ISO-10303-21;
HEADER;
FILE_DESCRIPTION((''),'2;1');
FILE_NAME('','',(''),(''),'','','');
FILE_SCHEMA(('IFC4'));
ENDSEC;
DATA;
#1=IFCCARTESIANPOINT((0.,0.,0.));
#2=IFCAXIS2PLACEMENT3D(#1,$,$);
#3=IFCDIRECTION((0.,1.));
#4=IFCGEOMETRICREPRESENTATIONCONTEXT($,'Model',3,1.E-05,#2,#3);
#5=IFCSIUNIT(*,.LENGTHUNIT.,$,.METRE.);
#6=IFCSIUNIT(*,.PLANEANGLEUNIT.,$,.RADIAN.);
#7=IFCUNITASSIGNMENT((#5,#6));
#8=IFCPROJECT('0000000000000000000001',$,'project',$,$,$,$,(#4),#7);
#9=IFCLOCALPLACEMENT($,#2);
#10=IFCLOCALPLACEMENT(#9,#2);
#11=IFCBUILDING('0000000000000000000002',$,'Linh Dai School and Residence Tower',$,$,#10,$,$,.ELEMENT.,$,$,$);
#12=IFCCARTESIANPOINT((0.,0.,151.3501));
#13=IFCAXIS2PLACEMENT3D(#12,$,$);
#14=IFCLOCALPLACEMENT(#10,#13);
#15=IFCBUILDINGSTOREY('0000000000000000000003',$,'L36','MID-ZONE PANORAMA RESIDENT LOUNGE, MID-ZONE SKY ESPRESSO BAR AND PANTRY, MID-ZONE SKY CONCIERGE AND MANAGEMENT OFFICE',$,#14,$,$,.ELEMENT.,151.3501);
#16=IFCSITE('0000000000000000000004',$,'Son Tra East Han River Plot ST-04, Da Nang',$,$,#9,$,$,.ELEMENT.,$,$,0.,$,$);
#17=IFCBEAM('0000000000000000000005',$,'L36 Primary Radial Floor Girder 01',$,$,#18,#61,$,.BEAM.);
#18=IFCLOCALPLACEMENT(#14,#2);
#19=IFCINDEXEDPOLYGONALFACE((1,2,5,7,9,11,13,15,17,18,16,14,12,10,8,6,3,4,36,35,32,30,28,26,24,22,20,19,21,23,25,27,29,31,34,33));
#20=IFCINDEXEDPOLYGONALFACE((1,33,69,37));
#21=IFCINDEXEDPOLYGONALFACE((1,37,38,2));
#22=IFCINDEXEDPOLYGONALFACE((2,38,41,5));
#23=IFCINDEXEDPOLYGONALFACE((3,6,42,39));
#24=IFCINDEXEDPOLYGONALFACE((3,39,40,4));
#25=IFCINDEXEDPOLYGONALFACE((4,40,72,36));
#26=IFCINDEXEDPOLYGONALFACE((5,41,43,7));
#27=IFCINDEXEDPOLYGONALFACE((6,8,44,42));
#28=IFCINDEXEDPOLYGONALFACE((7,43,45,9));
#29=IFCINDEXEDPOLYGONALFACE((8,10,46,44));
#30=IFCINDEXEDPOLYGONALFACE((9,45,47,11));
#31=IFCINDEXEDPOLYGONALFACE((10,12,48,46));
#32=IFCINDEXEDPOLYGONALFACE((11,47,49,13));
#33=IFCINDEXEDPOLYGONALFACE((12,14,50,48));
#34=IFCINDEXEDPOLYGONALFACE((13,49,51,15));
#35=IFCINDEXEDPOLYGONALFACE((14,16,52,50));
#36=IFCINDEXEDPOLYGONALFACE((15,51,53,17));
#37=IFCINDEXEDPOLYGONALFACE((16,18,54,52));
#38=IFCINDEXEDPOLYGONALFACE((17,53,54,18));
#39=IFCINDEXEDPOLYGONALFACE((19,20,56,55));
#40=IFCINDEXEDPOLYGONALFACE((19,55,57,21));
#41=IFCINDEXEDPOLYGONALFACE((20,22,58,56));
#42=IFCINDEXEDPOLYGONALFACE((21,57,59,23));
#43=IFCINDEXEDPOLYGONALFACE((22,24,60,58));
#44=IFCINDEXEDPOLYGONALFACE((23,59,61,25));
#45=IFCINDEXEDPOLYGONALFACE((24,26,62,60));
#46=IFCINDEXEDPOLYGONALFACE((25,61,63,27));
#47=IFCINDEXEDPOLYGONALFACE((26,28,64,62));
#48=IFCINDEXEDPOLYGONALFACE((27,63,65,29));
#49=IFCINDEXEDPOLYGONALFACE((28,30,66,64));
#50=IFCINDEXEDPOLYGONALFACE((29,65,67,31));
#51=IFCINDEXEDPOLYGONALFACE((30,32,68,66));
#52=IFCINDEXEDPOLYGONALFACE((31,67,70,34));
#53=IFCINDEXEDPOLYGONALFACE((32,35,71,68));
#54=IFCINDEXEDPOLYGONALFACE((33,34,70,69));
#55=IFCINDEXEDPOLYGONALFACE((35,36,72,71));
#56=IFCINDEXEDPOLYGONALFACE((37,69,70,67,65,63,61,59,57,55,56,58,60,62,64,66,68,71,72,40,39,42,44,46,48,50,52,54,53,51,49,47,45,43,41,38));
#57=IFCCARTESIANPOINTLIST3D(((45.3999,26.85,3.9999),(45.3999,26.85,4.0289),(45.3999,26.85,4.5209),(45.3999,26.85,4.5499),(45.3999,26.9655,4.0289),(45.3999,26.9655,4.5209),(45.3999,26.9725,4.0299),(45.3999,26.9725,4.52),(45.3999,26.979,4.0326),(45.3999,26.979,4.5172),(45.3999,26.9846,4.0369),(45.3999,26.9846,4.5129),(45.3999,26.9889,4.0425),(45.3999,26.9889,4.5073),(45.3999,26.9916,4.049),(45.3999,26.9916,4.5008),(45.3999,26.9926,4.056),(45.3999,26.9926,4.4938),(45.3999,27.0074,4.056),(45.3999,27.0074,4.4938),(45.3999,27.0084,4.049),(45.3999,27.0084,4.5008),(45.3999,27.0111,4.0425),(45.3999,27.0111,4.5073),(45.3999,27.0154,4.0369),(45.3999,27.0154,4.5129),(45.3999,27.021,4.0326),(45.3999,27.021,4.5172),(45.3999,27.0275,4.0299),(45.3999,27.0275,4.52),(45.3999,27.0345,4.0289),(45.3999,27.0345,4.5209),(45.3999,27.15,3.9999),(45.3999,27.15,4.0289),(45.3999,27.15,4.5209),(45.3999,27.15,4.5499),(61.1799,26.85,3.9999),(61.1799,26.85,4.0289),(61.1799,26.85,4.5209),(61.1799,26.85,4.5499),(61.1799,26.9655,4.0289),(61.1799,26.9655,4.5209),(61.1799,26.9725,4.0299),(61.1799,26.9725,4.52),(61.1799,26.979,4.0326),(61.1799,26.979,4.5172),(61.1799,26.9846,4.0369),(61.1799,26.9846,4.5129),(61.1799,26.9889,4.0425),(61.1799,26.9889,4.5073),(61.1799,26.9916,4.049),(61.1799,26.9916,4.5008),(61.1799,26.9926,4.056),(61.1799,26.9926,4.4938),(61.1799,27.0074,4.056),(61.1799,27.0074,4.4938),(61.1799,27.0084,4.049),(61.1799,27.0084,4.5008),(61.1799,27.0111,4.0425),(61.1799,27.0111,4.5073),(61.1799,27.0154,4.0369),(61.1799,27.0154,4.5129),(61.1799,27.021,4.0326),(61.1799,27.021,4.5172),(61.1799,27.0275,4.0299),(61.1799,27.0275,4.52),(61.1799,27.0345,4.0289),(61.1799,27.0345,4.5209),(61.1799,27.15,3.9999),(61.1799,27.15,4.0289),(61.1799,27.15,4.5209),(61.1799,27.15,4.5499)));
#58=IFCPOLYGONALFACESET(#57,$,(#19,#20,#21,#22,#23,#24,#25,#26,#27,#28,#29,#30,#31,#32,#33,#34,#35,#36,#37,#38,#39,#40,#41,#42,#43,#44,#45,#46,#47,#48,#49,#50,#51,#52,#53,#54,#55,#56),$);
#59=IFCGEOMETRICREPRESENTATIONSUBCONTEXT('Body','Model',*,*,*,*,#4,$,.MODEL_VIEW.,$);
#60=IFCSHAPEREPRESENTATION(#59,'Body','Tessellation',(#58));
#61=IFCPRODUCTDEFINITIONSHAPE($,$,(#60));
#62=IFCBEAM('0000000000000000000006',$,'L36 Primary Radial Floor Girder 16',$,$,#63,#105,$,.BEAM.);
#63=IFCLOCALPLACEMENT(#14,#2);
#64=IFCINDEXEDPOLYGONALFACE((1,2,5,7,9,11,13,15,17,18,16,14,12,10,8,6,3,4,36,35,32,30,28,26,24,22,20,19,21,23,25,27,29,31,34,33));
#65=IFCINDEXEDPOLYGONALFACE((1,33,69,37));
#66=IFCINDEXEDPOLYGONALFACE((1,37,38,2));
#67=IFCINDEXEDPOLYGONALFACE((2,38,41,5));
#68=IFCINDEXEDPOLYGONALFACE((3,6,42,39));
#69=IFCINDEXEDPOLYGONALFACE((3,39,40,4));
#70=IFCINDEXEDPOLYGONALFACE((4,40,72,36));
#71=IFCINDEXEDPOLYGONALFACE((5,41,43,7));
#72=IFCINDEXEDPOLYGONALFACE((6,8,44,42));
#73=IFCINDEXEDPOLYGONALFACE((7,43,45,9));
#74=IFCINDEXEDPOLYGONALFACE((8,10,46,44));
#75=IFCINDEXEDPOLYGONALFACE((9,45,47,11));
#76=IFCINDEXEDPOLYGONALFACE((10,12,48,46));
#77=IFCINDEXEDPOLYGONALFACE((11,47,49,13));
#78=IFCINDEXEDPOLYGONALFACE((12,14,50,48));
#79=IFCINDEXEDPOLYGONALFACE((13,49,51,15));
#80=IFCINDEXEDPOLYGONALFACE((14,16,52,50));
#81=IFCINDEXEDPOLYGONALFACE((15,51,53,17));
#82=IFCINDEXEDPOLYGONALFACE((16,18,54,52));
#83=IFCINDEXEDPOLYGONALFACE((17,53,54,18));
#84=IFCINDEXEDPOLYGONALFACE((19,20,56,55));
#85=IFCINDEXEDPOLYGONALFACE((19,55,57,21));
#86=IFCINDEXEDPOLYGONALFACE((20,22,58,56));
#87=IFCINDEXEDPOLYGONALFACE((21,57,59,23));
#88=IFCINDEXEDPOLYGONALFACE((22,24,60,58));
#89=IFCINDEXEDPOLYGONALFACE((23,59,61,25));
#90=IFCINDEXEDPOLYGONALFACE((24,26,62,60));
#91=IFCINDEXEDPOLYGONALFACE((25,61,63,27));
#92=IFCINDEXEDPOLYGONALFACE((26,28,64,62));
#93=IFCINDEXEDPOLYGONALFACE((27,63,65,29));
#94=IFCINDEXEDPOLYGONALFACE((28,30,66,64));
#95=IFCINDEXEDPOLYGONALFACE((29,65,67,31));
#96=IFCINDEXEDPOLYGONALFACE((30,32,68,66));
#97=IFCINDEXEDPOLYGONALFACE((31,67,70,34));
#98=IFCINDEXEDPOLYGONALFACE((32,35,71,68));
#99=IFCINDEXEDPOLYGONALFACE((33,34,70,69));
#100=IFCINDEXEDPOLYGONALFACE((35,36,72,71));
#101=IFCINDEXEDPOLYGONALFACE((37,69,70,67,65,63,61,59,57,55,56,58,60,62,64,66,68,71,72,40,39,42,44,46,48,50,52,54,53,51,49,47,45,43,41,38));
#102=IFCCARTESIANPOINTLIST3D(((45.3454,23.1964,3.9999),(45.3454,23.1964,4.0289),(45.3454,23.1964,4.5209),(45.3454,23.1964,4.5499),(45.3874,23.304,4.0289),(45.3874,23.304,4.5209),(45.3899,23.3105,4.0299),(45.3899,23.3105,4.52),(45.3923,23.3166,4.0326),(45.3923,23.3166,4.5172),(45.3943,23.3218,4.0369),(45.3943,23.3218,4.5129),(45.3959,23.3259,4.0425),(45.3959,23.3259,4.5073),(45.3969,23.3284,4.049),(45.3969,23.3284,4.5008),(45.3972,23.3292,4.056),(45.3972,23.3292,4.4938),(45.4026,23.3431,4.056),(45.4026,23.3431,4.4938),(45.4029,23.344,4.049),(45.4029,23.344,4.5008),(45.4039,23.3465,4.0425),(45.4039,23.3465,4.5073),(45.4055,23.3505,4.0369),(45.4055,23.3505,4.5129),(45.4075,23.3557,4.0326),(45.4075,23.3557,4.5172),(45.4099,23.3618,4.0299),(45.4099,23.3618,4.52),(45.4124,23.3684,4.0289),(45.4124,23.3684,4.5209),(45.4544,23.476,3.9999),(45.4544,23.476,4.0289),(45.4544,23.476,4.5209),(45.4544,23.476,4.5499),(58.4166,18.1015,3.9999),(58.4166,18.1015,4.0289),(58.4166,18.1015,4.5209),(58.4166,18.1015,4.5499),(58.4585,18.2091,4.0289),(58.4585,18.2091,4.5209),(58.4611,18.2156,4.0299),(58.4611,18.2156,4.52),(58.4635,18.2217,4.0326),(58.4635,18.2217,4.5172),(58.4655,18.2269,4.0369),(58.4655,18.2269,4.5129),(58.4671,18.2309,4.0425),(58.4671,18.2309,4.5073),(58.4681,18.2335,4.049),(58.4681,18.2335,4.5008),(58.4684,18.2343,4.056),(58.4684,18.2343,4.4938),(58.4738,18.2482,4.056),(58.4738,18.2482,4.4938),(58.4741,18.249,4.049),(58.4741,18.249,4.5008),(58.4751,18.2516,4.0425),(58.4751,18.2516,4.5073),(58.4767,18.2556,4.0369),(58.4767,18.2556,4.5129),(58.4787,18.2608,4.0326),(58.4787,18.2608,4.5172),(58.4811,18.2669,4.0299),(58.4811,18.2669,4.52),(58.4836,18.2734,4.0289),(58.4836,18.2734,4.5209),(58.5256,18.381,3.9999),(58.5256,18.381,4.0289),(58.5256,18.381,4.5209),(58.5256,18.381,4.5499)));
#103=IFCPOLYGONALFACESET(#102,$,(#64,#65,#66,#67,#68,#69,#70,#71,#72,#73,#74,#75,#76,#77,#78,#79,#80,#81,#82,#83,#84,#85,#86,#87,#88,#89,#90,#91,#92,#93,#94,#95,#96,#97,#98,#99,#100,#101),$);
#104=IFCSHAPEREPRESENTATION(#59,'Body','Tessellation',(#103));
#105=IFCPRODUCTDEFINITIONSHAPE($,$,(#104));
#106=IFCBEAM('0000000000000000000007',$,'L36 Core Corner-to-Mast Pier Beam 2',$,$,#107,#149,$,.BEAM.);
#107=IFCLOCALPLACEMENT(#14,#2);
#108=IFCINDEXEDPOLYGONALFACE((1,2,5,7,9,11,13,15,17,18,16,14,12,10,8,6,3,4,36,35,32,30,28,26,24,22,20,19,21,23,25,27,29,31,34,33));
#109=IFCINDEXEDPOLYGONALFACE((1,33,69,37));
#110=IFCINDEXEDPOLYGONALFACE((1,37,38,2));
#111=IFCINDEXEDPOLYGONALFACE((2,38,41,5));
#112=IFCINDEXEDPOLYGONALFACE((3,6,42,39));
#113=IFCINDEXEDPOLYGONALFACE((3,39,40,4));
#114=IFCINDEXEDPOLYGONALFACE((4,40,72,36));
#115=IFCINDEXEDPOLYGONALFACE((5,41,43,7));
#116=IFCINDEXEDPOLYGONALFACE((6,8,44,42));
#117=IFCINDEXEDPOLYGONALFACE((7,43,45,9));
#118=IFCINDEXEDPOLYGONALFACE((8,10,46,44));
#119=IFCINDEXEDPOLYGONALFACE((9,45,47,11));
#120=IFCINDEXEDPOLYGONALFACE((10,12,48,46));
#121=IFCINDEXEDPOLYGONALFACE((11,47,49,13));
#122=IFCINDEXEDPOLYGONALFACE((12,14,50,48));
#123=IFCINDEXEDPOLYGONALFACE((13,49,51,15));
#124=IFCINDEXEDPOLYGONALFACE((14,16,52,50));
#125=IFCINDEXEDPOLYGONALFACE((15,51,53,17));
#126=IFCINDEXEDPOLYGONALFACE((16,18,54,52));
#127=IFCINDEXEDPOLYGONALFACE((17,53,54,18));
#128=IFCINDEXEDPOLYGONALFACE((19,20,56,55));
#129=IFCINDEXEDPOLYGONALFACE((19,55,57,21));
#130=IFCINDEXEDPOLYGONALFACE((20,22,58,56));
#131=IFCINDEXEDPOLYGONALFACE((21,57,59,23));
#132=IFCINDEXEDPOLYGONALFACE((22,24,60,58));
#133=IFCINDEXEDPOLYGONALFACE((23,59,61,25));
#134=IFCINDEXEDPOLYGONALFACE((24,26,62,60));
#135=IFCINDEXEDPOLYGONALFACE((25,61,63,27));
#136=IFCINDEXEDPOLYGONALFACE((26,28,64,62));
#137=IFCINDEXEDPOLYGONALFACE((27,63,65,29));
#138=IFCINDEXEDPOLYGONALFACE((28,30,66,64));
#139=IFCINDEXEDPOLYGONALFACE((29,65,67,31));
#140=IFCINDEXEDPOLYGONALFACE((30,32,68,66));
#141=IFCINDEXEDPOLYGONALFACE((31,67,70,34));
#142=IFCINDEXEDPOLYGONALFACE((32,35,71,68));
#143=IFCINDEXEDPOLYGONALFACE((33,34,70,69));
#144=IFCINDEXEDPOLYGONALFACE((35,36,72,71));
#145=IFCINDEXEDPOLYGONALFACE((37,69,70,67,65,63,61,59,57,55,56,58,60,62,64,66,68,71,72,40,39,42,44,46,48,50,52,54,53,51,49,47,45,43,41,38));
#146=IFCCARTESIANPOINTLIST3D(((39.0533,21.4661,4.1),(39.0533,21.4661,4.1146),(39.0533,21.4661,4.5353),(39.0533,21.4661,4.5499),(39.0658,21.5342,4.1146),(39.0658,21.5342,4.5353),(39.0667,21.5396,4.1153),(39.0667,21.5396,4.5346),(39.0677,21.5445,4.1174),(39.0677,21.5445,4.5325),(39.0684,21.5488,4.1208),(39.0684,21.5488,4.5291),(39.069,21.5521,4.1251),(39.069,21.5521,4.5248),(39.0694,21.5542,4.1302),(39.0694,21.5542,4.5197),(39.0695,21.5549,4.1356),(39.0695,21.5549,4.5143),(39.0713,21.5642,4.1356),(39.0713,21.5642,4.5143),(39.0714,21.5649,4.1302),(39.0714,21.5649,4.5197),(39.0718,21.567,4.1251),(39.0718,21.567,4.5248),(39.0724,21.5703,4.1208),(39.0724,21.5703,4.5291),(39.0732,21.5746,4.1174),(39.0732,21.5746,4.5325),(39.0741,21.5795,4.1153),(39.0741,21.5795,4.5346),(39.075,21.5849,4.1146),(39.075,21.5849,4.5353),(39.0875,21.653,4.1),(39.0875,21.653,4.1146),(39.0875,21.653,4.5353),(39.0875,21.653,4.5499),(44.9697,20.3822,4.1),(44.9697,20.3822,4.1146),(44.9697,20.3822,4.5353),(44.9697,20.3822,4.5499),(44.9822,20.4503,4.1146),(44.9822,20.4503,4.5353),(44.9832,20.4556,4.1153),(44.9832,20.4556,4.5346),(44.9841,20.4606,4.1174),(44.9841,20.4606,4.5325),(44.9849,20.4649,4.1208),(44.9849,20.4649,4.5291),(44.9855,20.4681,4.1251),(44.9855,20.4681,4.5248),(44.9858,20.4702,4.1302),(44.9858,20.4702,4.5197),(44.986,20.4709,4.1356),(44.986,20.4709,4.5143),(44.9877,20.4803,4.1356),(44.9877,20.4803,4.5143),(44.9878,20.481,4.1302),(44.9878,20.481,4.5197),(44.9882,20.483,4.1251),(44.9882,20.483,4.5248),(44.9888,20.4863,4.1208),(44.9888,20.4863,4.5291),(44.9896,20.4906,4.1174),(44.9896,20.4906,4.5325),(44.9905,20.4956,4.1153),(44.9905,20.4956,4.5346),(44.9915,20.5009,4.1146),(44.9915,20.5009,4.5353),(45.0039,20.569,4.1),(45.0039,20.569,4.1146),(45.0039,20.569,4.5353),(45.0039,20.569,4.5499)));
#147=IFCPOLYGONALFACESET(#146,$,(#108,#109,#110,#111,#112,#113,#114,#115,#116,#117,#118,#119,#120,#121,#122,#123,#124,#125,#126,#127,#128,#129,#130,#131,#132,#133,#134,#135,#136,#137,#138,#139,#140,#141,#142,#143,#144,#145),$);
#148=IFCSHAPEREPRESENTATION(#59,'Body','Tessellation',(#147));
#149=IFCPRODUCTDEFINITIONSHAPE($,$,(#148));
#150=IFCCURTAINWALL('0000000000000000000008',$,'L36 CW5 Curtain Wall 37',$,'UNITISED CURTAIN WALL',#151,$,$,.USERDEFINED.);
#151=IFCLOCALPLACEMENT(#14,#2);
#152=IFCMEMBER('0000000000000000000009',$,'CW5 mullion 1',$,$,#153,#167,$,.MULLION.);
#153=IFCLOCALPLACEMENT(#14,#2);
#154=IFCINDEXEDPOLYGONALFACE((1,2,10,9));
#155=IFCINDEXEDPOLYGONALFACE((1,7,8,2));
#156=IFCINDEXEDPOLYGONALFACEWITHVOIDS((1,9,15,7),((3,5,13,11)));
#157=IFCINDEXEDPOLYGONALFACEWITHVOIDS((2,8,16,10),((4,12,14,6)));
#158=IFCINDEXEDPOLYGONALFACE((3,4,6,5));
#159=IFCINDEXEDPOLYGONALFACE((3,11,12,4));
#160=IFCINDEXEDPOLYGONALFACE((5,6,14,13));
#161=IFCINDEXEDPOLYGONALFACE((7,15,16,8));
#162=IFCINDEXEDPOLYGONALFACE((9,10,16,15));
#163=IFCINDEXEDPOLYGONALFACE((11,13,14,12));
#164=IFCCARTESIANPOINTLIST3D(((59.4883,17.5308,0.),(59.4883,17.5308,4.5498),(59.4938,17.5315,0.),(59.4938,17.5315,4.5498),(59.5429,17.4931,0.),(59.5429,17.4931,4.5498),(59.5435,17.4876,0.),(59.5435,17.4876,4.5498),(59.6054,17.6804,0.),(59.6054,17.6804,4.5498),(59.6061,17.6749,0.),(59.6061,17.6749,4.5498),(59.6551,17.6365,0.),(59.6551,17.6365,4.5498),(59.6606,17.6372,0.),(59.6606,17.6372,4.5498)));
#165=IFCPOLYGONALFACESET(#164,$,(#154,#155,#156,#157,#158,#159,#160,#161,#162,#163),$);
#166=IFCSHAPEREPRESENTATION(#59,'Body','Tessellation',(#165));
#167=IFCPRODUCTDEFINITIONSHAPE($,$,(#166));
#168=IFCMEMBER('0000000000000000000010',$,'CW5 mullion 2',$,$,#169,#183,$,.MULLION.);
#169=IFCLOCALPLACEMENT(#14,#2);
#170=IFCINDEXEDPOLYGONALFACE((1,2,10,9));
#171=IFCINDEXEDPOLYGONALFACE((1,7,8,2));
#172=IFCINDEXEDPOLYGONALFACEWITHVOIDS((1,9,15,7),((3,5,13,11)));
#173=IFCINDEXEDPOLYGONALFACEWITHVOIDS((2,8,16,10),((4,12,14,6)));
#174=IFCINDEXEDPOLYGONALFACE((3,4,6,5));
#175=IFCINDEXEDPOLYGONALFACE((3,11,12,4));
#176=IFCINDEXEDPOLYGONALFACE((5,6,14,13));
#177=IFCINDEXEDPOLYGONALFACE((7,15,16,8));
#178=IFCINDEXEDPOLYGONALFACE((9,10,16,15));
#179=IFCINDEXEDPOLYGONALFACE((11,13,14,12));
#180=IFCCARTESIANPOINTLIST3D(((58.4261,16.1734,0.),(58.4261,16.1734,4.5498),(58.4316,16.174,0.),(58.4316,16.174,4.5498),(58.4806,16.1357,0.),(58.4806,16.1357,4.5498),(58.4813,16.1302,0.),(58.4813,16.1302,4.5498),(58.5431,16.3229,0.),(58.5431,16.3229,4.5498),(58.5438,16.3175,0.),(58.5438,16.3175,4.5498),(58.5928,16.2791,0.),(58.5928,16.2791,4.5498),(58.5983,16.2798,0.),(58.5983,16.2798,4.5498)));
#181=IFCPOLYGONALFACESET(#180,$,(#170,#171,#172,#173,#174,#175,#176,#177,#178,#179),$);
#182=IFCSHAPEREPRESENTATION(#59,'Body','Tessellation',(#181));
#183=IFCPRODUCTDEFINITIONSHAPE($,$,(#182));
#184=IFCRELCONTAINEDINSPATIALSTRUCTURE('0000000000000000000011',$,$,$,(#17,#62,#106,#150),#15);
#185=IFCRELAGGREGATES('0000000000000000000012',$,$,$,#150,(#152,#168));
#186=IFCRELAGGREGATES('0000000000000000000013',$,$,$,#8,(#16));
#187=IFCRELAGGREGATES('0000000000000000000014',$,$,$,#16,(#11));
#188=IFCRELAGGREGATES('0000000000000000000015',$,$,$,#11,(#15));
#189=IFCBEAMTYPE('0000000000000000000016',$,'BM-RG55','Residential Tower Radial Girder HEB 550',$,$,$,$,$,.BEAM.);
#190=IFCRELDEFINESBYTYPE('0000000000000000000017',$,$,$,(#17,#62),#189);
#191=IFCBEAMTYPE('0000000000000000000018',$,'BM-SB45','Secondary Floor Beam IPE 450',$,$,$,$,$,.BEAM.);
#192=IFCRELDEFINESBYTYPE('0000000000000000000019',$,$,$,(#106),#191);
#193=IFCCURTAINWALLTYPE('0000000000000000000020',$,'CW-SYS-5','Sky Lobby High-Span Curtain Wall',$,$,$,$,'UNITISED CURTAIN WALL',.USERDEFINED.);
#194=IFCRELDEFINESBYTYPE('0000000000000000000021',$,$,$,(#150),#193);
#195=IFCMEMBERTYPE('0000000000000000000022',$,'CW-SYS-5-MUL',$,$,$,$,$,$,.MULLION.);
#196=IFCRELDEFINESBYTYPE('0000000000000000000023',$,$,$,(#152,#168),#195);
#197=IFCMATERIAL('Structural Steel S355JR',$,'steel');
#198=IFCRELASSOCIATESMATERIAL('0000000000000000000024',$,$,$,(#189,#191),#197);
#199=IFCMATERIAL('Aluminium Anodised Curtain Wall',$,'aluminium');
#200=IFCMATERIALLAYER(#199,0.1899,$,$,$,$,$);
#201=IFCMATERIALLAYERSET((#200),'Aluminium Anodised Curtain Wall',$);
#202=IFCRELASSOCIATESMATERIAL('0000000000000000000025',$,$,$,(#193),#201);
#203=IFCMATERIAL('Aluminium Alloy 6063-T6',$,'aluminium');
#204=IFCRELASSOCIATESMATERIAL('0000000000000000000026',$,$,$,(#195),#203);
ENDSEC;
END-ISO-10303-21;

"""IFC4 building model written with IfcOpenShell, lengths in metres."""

from ifc_helpers import new_model, si_unit, direction, frame, origin, origin_2d, place, context, subcontext, project, spatial, hollow_rectangle, i_section, extrude, source, transform, mapped, material, layer, layer_set, material_profile, profile_set, type_object, element, aggregate, save


model = new_model("IFC4")

# Units and contexts
model_context = context("Model", 3, precision=1e-05, world=origin(), true_north=direction((0.0, 1.0)))
body_context = subcontext(model_context, "Body", "Model", "MODEL_VIEW")
ifc_project = project(units=[si_unit("LENGTHUNIT", "METRE"), si_unit("PLANEANGLEUNIT", "RADIAN")], contexts=[model_context])

# Site, building, storey
site_placement = place(None, origin())
site = spatial("IfcSite", under=ifc_project, at=site_placement, Name="Son Tra East Han River Plot ST-04, Da Nang", CompositionType="ELEMENT", RefElevation=0.0)
building_placement = place(site_placement, origin())
building = spatial("IfcBuilding", under=site, at=building_placement, Name="Linh Dai School and Residence Tower", CompositionType="ELEMENT")
storey_placement = place(building_placement, frame((0.0, 0.0, 151.3501)))
storey = spatial("IfcBuildingStorey", under=building, at=storey_placement, Name="L36", Description="MID-ZONE PANORAMA RESIDENT LOUNGE, MID-ZONE SKY ESPRESSO BAR AND PANTRY, MID-ZONE SKY CONCIERGE AND MANAGEMENT OFFICE", CompositionType="ELEMENT", Elevation=151.3501)

# Shared definitions
ifc_material_1 = material(Name="Structural Steel S355JR", Category="steel")

# Beams
ifc_material_profile_1 = material_profile(ifc_material_1, i_section(OverallWidth=0.3, OverallDepth=0.55, WebThickness=0.0149, FlangeThickness=0.0291, FilletRadius=0.0271, at=origin_2d()), Name="HEB 550")
ifc_profile_set_1 = profile_set([ifc_material_profile_1], Name="Structural Steel S355JR")
beam_type_1 = type_object("IfcBeamType", Name="BM-RG55", Description="Residential Tower Radial Girder HEB 550", PredefinedType="BEAM", material=ifc_profile_set_1)
beam_1_placement = place(storey_placement, frame((45.3999, 27.0, 4.2749), z_axis=(1.0, 0.0, 0.0), x_axis=(0.0, 1.0, 0.0)))
element("IfcBeam", 1, at=beam_1_placement, inside=storey, type_object=beam_type_1, Name="L36 Primary Radial Floor Girder 01", PredefinedType="BEAM", context=body_context, shape_type="SweptSolid", body=[
    extrude(i_section(OverallWidth=0.3, OverallDepth=0.55, WebThickness=0.0149, FlangeThickness=0.0291, FilletRadius=0.0271, at=origin_2d()), origin(), (0.0, 0.0, 1.0), 15.78),
])
beam_2_placement = place(storey_placement, frame((45.3999, 23.3362, 4.2749), z_axis=(0.931723, -0.36317, 0.0), x_axis=(0.36317, 0.931723, 0.0)))
element("IfcBeam", 2, at=beam_2_placement, inside=storey, type_object=beam_type_1, Name="L36 Primary Radial Floor Girder 16", PredefinedType="BEAM", context=body_context, shape_type="SweptSolid", body=[
    extrude(i_section(OverallWidth=0.3, OverallDepth=0.55, WebThickness=0.0149, FlangeThickness=0.0291, FilletRadius=0.0271, at=origin_2d()), origin(), (0.0, 0.0, 1.0), 14.0291),
])
ifc_material_profile_2 = material_profile(ifc_material_1, i_section(OverallWidth=0.1899, OverallDepth=0.45, WebThickness=0.0095, FlangeThickness=0.0146, FilletRadius=0.021, at=origin_2d()), Name="IPE 450")
ifc_profile_set_2 = profile_set([ifc_material_profile_2], Name="Structural Steel S355JR")
beam_type_2 = type_object("IfcBeamType", Name="BM-SB45", Description="Secondary Floor Beam IPE 450", PredefinedType="BEAM", material=ifc_profile_set_2)
beam_3_placement = place(storey_placement, frame((44.9868, 20.4756, 4.325), z_axis=(-0.983627, 0.180214, 0.0), x_axis=(-0.180214, -0.983627, 0.0)))
element("IfcBeam", 3, at=beam_3_placement, inside=storey, type_object=beam_type_2, Name="L36 Core Corner-to-Mast Pier Beam 2", PredefinedType="BEAM", context=body_context, shape_type="SweptSolid", body=[
    extrude(i_section(OverallWidth=0.1899, OverallDepth=0.45, WebThickness=0.0095, FlangeThickness=0.0146, FilletRadius=0.021, at=origin_2d()), origin(), (0.0, 0.0, 1.0), 6.0149),
])

# Curtain wall, members
ifc_material_2 = material(Name="Aluminium Anodised Curtain Wall", Category="aluminium")
ifc_layer_1 = layer(ifc_material_2, 0.1899)
ifc_layer_set_1 = layer_set([ifc_layer_1], Name="Aluminium Anodised Curtain Wall")
curtain_wall_type = type_object("IfcCurtainWallType", Name="CW-SYS-5", Description="Sky Lobby High-Span Curtain Wall", ElementType="UNITISED CURTAIN WALL", PredefinedType="USERDEFINED", material=ifc_layer_set_1)
curtain_wall_placement = place(storey_placement, origin())
curtain_wall = element("IfcCurtainWall", 4, at=curtain_wall_placement, inside=storey, type_object=curtain_wall_type, Name="L36 CW5 Curtain Wall 37", ObjectType="UNITISED CURTAIN WALL", PredefinedType="USERDEFINED")
ifc_material_3 = material(Name="Aluminium Alloy 6063-T6", Category="aluminium")
ifc_material_profile_3 = material_profile(ifc_material_3, hollow_rectangle(XDim=0.0701, YDim=0.1899, WallThickness=0.0039, at=origin_2d()), Name="RHS 190x70x4")
ifc_profile_set_3 = profile_set([ifc_material_profile_3], Name="Aluminium Alloy 6063-T6")
member_type_1 = type_object("IfcMemberType", Name="CW-SYS-5-MUL", PredefinedType="MULLION", material=ifc_profile_set_3)
shared_shape_1 = source(origin(), body_context, "Body", "SweptSolid", [
    extrude(hollow_rectangle(XDim=0.0701, YDim=0.1899, WallThickness=0.0039, at=origin_2d()), origin(), (0.0, 0.0, 1.0), 4.5498),
])
member_1_placement = place(storey_placement, frame((59.5745, 17.584, 0.0), z_axis=(0.0, 0.0, 1.0), x_axis=(0.787522, -0.616286, 0.0)))
member_1 = element("IfcMember", 5, at=member_1_placement, type_object=member_type_1, Name="CW5 mullion 1", PredefinedType="MULLION", context=body_context, shape_type="MappedRepresentation", body=[
    mapped(shared_shape_1, transform((0.0, 0.0, 0.0), x_axis=(1.0, 0.0, 0.0), y_axis=(0.0, 1.0, 0.0), z_axis=(0.0, 0.0, 1.0), scale=1.0)),
])
member_2_placement = place(storey_placement, frame((58.5122, 16.2266, 0.0), z_axis=(0.0, 0.0, 1.0), x_axis=(0.787522, -0.616286, 0.0)))
member_2 = element("IfcMember", 6, at=member_2_placement, type_object=member_type_1, Name="CW5 mullion 2", PredefinedType="MULLION", context=body_context, shape_type="MappedRepresentation", body=[
    mapped(shared_shape_1, transform((0.0, 0.0, 0.0), x_axis=(1.0, 0.0, 0.0), y_axis=(0.0, 1.0, 0.0), z_axis=(0.0, 0.0, 1.0), scale=1.0)),
])

aggregate(curtain_wall, [member_1, member_2])

save(model, "model.ifc")
